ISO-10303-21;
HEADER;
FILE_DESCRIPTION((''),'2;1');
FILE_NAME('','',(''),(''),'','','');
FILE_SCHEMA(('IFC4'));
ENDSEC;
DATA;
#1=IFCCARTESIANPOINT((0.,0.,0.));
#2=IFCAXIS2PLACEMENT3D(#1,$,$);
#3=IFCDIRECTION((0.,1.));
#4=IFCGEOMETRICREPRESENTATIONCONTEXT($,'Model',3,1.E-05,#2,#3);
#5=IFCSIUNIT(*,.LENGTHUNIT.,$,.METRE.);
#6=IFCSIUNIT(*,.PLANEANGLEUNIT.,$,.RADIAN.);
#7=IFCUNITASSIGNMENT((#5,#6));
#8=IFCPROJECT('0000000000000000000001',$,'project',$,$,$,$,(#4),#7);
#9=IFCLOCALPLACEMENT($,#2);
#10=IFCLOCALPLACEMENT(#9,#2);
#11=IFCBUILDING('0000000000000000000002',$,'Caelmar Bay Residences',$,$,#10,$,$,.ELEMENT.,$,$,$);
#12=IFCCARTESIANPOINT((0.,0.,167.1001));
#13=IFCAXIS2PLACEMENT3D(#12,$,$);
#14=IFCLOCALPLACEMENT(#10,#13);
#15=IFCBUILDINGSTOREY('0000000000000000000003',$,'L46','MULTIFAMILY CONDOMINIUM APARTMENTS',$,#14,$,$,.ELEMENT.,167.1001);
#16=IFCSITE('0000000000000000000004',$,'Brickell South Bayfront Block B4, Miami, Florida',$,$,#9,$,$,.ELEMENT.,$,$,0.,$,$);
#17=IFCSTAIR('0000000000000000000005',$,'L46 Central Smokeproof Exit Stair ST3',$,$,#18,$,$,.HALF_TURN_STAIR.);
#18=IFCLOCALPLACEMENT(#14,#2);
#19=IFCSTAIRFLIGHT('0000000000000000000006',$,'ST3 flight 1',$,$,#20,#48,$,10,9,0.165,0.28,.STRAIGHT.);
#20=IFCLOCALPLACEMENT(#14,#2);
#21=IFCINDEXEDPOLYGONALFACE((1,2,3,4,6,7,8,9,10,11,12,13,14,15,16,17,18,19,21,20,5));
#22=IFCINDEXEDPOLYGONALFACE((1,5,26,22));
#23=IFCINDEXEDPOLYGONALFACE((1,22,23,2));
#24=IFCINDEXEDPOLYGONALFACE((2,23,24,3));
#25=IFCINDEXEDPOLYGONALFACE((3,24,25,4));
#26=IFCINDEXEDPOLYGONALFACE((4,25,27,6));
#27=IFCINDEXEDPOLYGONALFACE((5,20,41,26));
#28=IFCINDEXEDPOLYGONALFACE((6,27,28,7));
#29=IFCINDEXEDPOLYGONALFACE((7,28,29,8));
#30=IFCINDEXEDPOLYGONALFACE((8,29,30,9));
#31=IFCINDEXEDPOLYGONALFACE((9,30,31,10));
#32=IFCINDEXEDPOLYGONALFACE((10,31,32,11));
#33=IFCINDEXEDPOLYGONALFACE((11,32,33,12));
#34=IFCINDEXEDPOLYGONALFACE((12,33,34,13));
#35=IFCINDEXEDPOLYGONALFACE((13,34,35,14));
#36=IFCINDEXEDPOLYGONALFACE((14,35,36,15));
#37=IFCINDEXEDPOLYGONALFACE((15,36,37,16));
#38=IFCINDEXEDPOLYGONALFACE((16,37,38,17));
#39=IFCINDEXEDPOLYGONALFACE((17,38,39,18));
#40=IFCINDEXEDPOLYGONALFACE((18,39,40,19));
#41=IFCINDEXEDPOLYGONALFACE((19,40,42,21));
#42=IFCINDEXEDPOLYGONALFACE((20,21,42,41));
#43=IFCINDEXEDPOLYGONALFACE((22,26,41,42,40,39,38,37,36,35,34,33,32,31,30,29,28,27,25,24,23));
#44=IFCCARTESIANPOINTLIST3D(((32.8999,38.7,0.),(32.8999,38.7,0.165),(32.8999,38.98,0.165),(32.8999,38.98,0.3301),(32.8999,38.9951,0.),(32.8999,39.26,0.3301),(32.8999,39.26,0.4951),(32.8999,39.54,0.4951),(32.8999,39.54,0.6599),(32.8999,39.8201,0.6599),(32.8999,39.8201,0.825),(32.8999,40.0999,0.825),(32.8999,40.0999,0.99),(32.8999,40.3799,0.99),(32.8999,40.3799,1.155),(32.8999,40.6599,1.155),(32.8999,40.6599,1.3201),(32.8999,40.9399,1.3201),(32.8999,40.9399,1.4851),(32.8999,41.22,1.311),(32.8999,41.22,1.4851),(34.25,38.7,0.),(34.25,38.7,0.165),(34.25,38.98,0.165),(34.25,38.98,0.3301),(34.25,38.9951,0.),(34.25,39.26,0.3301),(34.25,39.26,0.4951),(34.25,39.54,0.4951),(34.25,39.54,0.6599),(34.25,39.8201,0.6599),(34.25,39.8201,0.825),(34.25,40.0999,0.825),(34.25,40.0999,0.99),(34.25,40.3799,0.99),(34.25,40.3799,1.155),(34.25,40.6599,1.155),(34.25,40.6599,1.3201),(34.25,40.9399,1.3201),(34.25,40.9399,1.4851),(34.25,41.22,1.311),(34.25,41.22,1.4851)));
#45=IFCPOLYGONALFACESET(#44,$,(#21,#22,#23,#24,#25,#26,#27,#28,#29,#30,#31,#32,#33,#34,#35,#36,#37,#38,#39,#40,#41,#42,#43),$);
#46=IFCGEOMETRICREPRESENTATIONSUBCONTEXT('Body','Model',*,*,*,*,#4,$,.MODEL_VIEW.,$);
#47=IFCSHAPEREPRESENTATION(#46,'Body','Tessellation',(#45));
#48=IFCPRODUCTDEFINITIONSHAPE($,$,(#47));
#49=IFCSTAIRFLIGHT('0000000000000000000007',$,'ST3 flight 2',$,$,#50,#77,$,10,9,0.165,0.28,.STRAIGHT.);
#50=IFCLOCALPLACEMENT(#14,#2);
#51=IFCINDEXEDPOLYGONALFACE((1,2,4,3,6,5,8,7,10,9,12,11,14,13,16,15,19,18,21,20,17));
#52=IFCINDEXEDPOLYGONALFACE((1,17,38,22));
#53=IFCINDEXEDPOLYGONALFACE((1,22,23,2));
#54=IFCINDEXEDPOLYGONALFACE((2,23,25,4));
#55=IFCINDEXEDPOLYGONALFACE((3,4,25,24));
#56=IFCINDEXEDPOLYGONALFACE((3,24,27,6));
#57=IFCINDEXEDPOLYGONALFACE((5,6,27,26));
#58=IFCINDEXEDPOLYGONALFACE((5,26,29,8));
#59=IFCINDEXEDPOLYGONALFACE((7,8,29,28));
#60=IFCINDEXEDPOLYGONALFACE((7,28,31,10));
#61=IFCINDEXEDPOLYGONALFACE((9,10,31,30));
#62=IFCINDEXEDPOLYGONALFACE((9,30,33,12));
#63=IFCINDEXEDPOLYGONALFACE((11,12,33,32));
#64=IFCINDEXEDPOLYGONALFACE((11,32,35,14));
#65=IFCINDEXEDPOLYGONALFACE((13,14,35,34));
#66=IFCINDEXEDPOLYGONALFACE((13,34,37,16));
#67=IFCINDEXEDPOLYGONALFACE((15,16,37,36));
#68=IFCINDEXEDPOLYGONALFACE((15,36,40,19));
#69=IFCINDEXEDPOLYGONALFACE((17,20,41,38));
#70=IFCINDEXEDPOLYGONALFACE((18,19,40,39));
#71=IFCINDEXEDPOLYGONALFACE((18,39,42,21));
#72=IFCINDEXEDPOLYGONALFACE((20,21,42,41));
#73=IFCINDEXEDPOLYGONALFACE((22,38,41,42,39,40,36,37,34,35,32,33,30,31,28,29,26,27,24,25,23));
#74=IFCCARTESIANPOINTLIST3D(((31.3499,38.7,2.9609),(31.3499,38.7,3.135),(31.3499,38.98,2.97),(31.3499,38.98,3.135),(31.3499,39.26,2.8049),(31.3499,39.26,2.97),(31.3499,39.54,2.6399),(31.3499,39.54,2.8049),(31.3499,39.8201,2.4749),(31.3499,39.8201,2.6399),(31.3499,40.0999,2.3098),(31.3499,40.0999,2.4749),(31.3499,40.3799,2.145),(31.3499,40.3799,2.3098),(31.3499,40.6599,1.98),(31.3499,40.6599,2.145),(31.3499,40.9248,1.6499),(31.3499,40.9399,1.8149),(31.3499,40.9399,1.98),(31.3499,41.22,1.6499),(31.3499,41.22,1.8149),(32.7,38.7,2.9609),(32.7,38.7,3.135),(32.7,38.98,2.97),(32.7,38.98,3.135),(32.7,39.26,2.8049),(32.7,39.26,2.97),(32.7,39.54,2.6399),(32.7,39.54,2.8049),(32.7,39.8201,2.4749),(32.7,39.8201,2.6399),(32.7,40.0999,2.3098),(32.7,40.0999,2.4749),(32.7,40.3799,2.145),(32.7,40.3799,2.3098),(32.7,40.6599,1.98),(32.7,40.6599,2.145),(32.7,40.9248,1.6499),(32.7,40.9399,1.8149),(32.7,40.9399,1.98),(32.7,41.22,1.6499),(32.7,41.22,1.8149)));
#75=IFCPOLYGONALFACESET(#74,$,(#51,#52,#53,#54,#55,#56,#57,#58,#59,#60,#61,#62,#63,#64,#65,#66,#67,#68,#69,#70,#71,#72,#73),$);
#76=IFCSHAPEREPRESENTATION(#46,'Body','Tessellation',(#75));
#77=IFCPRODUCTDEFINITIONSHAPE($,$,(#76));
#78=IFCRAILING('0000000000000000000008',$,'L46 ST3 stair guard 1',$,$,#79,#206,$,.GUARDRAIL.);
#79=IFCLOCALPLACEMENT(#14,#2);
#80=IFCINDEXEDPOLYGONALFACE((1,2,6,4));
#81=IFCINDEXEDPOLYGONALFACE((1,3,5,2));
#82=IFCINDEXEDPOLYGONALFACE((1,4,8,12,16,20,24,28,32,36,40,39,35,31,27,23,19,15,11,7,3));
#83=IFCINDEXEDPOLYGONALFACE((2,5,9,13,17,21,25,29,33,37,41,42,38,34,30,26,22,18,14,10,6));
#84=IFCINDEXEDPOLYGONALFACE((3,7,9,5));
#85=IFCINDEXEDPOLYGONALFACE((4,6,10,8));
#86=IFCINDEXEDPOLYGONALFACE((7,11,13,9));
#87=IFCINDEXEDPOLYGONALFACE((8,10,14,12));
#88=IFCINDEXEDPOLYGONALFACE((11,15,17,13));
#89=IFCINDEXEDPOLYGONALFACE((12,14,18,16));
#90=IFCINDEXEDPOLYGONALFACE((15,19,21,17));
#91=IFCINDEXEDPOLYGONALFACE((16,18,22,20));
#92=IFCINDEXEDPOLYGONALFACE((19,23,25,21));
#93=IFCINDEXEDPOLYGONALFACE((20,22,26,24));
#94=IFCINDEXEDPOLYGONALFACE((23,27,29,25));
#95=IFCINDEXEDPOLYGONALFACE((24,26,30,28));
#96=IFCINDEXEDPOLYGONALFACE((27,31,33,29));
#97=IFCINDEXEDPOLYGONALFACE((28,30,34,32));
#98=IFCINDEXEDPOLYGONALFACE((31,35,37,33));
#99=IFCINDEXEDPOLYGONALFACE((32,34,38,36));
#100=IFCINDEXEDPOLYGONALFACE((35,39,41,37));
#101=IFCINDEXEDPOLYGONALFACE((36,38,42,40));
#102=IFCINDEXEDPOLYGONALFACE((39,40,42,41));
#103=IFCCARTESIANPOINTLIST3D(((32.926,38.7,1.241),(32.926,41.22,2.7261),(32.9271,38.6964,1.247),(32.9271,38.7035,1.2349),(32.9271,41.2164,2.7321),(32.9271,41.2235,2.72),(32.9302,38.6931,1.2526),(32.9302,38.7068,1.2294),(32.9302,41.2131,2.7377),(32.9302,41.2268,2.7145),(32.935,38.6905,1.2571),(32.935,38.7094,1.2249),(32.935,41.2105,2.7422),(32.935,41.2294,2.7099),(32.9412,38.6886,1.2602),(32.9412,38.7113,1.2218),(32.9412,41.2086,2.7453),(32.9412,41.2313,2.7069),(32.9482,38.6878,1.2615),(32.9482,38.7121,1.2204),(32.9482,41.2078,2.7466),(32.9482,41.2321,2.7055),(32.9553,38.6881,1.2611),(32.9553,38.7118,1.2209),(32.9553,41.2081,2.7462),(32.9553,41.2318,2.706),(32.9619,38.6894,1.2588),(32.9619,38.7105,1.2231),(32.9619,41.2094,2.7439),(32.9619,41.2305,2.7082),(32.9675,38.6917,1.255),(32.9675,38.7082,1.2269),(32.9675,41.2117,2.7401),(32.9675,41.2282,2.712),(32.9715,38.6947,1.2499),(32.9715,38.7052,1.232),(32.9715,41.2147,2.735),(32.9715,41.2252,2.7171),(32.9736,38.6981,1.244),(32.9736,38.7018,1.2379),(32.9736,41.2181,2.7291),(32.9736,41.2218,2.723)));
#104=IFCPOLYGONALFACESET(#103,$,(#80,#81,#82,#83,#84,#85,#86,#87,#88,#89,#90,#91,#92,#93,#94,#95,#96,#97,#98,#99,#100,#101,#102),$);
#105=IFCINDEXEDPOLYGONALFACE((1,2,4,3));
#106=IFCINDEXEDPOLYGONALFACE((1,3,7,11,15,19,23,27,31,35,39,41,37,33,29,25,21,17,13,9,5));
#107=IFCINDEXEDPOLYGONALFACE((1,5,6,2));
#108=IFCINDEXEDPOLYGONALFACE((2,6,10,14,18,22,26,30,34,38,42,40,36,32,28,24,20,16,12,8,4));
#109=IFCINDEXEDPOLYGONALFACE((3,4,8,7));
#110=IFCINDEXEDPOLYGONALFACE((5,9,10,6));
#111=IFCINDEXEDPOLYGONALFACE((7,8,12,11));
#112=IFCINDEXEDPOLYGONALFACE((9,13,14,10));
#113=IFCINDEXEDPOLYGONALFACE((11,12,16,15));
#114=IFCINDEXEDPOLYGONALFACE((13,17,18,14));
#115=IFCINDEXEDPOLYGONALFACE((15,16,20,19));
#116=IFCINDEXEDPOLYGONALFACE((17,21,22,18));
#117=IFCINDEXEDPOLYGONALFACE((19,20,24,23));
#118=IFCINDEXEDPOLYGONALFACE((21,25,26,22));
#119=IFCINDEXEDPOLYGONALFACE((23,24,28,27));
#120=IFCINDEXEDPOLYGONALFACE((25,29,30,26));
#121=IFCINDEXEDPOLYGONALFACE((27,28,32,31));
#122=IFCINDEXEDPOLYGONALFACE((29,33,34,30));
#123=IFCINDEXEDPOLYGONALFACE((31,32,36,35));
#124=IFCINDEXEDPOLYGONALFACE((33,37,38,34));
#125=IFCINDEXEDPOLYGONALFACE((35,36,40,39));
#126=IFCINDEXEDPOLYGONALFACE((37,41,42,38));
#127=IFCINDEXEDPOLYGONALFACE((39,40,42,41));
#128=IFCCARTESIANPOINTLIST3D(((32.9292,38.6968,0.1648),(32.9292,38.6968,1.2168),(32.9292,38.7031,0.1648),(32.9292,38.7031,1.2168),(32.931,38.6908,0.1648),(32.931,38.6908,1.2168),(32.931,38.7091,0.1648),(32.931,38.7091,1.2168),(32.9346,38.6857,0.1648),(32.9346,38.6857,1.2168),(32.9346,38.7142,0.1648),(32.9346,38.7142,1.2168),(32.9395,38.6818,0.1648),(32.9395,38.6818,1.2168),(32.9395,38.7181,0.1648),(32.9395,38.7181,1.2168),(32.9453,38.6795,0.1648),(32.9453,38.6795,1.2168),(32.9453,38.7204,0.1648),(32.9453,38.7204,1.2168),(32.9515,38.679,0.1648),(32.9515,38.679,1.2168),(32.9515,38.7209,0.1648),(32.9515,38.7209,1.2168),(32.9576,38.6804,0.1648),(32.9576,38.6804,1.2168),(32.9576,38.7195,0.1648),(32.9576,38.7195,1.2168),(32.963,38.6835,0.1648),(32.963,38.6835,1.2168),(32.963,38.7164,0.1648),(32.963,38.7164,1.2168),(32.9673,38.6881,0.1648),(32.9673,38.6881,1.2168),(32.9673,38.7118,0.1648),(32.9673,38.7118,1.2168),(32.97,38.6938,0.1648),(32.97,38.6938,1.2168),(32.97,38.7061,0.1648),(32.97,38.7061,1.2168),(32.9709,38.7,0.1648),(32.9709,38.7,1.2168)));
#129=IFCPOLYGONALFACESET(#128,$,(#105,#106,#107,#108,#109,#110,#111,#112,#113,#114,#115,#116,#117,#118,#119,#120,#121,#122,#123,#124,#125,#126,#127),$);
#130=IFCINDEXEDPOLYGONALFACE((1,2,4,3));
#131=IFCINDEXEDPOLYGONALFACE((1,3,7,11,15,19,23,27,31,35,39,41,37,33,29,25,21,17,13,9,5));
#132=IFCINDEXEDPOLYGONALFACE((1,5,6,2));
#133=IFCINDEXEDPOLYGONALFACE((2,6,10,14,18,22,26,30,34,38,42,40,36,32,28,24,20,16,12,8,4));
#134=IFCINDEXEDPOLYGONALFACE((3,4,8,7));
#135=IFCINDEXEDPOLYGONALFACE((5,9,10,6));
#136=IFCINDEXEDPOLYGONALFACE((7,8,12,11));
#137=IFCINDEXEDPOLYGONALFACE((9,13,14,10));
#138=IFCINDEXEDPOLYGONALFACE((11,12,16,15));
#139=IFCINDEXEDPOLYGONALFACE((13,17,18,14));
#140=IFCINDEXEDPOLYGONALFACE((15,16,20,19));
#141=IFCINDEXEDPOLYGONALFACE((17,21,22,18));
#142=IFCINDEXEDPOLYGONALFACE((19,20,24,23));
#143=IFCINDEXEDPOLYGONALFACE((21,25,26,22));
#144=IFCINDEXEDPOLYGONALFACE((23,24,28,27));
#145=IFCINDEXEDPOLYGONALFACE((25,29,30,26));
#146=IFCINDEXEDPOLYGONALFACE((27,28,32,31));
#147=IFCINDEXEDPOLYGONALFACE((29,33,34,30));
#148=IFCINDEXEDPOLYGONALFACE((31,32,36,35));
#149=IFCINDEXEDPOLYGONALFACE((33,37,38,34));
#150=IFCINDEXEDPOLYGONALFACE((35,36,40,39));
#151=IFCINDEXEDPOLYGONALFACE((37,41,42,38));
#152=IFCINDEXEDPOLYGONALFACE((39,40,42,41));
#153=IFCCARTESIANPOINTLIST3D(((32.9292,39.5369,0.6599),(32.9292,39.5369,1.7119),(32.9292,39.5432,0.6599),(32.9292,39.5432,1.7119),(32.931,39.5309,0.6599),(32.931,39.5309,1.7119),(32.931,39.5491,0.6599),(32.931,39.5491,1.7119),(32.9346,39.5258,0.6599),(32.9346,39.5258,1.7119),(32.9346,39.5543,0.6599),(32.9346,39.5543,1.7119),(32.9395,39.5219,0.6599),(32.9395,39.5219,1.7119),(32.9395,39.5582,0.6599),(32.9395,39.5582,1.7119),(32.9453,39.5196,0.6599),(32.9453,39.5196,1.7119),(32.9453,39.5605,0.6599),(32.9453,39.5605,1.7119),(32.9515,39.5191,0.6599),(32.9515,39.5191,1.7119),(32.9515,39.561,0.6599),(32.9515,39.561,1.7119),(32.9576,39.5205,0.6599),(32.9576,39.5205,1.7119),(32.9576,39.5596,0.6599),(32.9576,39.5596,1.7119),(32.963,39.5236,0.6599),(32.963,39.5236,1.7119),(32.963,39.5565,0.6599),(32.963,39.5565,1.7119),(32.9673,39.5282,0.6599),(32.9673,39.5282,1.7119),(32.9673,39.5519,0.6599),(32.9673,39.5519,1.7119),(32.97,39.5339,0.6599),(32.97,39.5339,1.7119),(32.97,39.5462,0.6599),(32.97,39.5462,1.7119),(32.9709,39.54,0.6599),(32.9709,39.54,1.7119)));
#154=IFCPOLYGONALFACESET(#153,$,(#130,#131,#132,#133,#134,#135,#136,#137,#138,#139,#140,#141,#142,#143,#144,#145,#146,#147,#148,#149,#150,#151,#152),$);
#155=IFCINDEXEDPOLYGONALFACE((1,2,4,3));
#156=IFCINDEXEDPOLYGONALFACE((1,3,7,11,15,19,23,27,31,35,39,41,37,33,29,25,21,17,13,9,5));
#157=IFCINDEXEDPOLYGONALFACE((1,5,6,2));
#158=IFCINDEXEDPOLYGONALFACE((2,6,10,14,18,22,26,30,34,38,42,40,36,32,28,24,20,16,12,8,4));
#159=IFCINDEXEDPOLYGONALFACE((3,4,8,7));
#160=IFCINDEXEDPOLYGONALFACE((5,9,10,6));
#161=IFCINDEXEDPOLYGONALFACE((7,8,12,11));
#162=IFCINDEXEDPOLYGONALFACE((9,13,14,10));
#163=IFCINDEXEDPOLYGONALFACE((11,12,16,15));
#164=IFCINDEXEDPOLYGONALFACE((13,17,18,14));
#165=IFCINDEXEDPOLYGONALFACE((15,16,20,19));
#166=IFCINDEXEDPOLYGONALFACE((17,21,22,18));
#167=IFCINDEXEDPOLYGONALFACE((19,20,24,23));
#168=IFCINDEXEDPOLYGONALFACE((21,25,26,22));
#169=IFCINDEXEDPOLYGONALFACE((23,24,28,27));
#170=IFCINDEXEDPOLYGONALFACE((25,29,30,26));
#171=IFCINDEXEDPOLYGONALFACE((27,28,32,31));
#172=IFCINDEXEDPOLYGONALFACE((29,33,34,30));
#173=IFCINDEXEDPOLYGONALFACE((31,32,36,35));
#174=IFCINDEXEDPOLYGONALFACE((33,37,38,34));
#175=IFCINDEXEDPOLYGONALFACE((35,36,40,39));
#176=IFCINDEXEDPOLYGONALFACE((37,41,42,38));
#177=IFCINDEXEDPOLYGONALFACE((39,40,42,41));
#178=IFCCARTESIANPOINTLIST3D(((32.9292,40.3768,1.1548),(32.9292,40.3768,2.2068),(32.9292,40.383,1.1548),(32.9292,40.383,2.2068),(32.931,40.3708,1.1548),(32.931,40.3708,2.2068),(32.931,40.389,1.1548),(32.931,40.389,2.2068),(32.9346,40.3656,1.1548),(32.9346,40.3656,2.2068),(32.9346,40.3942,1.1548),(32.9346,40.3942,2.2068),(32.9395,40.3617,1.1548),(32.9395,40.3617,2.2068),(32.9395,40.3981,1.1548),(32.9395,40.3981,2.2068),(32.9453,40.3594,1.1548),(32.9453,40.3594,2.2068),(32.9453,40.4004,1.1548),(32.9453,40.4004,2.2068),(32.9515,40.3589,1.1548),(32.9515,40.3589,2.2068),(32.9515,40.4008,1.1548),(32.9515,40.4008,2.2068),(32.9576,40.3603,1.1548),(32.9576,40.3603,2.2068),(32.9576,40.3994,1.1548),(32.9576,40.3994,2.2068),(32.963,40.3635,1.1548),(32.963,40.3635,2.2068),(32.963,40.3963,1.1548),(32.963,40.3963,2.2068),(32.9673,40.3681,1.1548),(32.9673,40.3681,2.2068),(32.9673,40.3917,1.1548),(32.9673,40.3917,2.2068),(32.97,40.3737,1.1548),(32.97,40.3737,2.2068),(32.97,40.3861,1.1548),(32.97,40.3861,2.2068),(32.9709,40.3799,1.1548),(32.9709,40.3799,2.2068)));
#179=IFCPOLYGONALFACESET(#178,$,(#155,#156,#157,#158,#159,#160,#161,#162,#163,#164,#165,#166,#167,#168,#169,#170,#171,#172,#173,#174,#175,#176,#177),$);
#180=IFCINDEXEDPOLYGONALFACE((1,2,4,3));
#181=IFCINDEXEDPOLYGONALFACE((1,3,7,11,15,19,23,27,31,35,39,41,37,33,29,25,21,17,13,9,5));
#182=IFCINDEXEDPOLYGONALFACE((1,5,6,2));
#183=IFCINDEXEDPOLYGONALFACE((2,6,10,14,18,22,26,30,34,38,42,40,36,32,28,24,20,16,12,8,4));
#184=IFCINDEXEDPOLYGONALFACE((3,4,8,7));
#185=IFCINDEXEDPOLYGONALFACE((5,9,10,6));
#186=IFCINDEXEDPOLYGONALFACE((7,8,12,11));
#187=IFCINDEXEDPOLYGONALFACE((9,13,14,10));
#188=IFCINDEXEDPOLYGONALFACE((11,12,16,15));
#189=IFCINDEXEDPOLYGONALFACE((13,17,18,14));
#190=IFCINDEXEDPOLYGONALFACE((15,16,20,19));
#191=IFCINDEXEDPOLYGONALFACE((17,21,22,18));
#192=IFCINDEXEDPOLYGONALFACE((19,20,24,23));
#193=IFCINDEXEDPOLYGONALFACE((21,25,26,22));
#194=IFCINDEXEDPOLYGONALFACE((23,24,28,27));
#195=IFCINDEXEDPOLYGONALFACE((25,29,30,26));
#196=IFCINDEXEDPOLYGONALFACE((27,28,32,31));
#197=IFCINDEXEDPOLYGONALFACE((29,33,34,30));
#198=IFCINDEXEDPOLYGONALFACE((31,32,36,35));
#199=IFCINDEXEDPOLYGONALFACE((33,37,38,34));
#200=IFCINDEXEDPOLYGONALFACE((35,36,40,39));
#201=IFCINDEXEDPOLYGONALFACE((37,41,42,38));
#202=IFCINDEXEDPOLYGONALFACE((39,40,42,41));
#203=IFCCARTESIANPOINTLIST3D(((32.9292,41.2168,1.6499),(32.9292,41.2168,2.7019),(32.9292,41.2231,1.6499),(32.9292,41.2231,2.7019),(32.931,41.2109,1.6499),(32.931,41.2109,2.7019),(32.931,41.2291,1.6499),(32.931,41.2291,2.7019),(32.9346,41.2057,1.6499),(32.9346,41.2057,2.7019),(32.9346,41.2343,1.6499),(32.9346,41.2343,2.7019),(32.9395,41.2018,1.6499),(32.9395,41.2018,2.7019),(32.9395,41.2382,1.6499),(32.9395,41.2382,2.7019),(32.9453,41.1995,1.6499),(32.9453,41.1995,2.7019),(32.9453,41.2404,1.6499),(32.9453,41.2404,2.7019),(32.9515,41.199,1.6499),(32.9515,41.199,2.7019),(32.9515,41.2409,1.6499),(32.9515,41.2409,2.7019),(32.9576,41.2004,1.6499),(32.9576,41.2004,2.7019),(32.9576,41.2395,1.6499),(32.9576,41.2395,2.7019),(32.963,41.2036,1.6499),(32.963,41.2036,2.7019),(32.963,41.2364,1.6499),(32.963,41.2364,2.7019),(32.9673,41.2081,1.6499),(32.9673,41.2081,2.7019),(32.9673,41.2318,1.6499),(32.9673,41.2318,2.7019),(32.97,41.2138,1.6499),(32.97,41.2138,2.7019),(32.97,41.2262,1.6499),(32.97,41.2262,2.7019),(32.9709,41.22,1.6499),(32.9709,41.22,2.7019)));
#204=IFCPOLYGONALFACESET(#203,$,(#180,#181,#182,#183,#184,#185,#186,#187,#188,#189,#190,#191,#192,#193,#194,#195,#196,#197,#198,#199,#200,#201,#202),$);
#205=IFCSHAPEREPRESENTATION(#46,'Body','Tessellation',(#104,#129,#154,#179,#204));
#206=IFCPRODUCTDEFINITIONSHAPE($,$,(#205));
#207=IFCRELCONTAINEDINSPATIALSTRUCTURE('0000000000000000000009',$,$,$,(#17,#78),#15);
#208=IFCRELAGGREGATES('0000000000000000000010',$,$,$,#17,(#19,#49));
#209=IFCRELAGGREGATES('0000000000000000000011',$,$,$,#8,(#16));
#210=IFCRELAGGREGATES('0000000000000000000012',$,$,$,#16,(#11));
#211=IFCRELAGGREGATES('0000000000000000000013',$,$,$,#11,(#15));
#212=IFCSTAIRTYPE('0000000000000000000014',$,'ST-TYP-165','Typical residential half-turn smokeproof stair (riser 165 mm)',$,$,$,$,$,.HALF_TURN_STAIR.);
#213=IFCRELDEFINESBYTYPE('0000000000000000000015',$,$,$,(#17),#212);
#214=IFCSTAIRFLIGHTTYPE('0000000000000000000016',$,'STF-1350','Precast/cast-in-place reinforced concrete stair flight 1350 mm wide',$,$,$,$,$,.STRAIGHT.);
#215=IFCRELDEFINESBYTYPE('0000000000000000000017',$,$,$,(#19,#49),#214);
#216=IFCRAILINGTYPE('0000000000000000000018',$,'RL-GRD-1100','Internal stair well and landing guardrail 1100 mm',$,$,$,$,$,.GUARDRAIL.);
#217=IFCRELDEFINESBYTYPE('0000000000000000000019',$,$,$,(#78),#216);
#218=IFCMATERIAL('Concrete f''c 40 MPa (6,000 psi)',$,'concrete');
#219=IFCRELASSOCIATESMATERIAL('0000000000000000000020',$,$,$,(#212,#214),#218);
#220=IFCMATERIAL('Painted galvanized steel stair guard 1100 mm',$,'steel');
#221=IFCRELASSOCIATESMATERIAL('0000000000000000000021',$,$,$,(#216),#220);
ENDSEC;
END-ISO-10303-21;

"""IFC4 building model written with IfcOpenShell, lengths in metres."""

from ifc_helpers import new_model, si_unit, direction, frame, origin, origin_2d, place, context, subcontext, project, spatial, polyline, circle, outline, extrude, material, type_object, element, aggregate, save


model = new_model("IFC4")

# Units and contexts
model_context = context("Model", 3, precision=1e-05, world=origin(), true_north=direction((0.0, 1.0)))
body_context = subcontext(model_context, "Body", "Model", "MODEL_VIEW")
ifc_project = project(units=[si_unit("LENGTHUNIT", "METRE"), si_unit("PLANEANGLEUNIT", "RADIAN")], contexts=[model_context])

# Site, building, storey
site_placement = place(None, origin())
site = spatial("IfcSite", under=ifc_project, at=site_placement, Name="Brickell South Bayfront Block B4, Miami, Florida", CompositionType="ELEMENT", RefElevation=0.0)
building_placement = place(site_placement, origin())
building = spatial("IfcBuilding", under=site, at=building_placement, Name="Caelmar Bay Residences", CompositionType="ELEMENT")
storey_placement = place(building_placement, frame((0.0, 0.0, 167.1001)))
storey = spatial("IfcBuildingStorey", under=building, at=storey_placement, Name="L46", Description="MULTIFAMILY CONDOMINIUM APARTMENTS", CompositionType="ELEMENT", Elevation=167.1001)

# Stair, stair flights
ifc_material_1 = material(Name="Concrete f'c 40 MPa (6,000 psi)", Category="concrete")
stair_type = type_object("IfcStairType", Name="ST-TYP-165", Description="Typical residential half-turn smokeproof stair (riser 165 mm)", PredefinedType="HALF_TURN_STAIR", material=ifc_material_1)
stair_placement = place(storey_placement, origin())
stair = element("IfcStair", 1, at=stair_placement, inside=storey, type_object=stair_type, Name="L46 Central Smokeproof Exit Stair ST3", PredefinedType="HALF_TURN_STAIR")
stair_flight_type = type_object("IfcStairFlightType", Name="STF-1350", Description="Precast/cast-in-place reinforced concrete stair flight 1350 mm wide", PredefinedType="STRAIGHT", material=ifc_material_1)
stair_flight_1_placement = place(storey_placement, frame((33.575, 38.7, 0.0), z_axis=(0.0, 0.0, 1.0), x_axis=(0.0, 1.0, 0.0)))
stair_flight_1 = element("IfcStairFlight", 2, at=stair_flight_1_placement, type_object=stair_flight_type, Name="ST3 flight 1", NumberOfRisers=10, NumberOfTreads=9, PredefinedType="STRAIGHT", RiserHeight=0.165, TreadLength=0.28, context=body_context, shape_type="SweptSolid", body=[
    extrude(outline(polyline([(0.0, 0.0), (0.0, 0.165), (0.28, 0.165), (0.28, 0.3301), (0.5601, 0.3301), (0.5601, 0.4951), (0.8401, 0.4951), (0.8401, 0.6599), (1.1201, 0.6599), (1.1201, 0.825), (1.3999, 0.825), (1.3999, 0.99), (1.6799, 0.99), (1.6799, 1.155), (1.96, 1.155), (1.96, 1.3201), (2.24, 1.3201), (2.24, 1.4851), (2.52, 1.4851), (2.52, 1.6499), (2.52, 1.311), (0.2952, 0.0), (0.0, 0.0)])), frame((0.0, 0.675, 0.0), z_axis=(0.0, -1.0, 0.0), x_axis=(1.0, 0.0, 0.0)), (0.0, 0.0, 1.0), 1.3501),
])
stair_flight_2_placement = place(storey_placement, frame((32.0249, 41.22, 1.6499), z_axis=(0.0, 0.0, 1.0), x_axis=(0.0, -1.0, 0.0)))
stair_flight_2 = element("IfcStairFlight", 3, at=stair_flight_2_placement, type_object=stair_flight_type, Name="ST3 flight 2", NumberOfRisers=10, NumberOfTreads=9, PredefinedType="STRAIGHT", RiserHeight=0.165, TreadLength=0.28, context=body_context, shape_type="SweptSolid", body=[
    extrude(outline(polyline([(0.0, 0.0), (0.0, 0.165), (0.28, 0.165), (0.28, 0.3301), (0.5601, 0.3301), (0.5601, 0.4951), (0.8401, 0.4951), (0.8401, 0.6599), (1.1201, 0.6599), (1.1201, 0.825), (1.3999, 0.825), (1.3999, 0.99), (1.6799, 0.99), (1.6799, 1.155), (1.96, 1.155), (1.96, 1.3201), (2.24, 1.3201), (2.24, 1.4851), (2.52, 1.4851), (2.52, 1.6499), (2.52, 1.311), (0.2952, 0.0), (0.0, 0.0)])), frame((0.0, 0.675, 0.0), z_axis=(0.0, -1.0, 0.0), x_axis=(1.0, 0.0, 0.0)), (0.0, 0.0, 1.0), 1.3501),
])
aggregate(stair, [stair_flight_1, stair_flight_2])

# Railing
ifc_material_2 = material(Name="Painted galvanized steel stair guard 1100 mm", Category="steel")
railing_type_1 = type_object("IfcRailingType", Name="RL-GRD-1100", Description="Internal stair well and landing guardrail 1100 mm", PredefinedType="GUARDRAIL", material=ifc_material_2)
railing_1_placement = place(storey_placement, frame((32.95, 38.7, 0.1648)))
element("IfcRailing", 4, at=railing_1_placement, inside=storey, type_object=railing_type_1, Name="L46 ST3 stair guard 1", PredefinedType="GUARDRAIL", context=body_context, shape_type="SweptSolid", body=[
    extrude(circle(Radius=0.0239, at=origin_2d()), frame((0.0, 0.0, 1.0762), z_axis=(0.0, 0.861524, 0.507717), x_axis=(-1.0, 0.0, 0.0)), (0.0, 0.0, 1.0), 2.925),
    extrude(circle(Radius=0.021, at=origin_2d()), origin(), (0.0, 0.0, 1.0), 1.052),
    extrude(circle(Radius=0.021, at=origin_2d()), frame((0.0, 0.8401, 0.4951)), (0.0, 0.0, 1.0), 1.052),
    extrude(circle(Radius=0.021, at=origin_2d()), frame((0.0, 1.6799, 0.99)), (0.0, 0.0, 1.0), 1.052),
    extrude(circle(Radius=0.021, at=origin_2d()), frame((0.0, 2.52, 1.4851)), (0.0, 0.0, 1.0), 1.052),
])

save(model, "model.ifc")
